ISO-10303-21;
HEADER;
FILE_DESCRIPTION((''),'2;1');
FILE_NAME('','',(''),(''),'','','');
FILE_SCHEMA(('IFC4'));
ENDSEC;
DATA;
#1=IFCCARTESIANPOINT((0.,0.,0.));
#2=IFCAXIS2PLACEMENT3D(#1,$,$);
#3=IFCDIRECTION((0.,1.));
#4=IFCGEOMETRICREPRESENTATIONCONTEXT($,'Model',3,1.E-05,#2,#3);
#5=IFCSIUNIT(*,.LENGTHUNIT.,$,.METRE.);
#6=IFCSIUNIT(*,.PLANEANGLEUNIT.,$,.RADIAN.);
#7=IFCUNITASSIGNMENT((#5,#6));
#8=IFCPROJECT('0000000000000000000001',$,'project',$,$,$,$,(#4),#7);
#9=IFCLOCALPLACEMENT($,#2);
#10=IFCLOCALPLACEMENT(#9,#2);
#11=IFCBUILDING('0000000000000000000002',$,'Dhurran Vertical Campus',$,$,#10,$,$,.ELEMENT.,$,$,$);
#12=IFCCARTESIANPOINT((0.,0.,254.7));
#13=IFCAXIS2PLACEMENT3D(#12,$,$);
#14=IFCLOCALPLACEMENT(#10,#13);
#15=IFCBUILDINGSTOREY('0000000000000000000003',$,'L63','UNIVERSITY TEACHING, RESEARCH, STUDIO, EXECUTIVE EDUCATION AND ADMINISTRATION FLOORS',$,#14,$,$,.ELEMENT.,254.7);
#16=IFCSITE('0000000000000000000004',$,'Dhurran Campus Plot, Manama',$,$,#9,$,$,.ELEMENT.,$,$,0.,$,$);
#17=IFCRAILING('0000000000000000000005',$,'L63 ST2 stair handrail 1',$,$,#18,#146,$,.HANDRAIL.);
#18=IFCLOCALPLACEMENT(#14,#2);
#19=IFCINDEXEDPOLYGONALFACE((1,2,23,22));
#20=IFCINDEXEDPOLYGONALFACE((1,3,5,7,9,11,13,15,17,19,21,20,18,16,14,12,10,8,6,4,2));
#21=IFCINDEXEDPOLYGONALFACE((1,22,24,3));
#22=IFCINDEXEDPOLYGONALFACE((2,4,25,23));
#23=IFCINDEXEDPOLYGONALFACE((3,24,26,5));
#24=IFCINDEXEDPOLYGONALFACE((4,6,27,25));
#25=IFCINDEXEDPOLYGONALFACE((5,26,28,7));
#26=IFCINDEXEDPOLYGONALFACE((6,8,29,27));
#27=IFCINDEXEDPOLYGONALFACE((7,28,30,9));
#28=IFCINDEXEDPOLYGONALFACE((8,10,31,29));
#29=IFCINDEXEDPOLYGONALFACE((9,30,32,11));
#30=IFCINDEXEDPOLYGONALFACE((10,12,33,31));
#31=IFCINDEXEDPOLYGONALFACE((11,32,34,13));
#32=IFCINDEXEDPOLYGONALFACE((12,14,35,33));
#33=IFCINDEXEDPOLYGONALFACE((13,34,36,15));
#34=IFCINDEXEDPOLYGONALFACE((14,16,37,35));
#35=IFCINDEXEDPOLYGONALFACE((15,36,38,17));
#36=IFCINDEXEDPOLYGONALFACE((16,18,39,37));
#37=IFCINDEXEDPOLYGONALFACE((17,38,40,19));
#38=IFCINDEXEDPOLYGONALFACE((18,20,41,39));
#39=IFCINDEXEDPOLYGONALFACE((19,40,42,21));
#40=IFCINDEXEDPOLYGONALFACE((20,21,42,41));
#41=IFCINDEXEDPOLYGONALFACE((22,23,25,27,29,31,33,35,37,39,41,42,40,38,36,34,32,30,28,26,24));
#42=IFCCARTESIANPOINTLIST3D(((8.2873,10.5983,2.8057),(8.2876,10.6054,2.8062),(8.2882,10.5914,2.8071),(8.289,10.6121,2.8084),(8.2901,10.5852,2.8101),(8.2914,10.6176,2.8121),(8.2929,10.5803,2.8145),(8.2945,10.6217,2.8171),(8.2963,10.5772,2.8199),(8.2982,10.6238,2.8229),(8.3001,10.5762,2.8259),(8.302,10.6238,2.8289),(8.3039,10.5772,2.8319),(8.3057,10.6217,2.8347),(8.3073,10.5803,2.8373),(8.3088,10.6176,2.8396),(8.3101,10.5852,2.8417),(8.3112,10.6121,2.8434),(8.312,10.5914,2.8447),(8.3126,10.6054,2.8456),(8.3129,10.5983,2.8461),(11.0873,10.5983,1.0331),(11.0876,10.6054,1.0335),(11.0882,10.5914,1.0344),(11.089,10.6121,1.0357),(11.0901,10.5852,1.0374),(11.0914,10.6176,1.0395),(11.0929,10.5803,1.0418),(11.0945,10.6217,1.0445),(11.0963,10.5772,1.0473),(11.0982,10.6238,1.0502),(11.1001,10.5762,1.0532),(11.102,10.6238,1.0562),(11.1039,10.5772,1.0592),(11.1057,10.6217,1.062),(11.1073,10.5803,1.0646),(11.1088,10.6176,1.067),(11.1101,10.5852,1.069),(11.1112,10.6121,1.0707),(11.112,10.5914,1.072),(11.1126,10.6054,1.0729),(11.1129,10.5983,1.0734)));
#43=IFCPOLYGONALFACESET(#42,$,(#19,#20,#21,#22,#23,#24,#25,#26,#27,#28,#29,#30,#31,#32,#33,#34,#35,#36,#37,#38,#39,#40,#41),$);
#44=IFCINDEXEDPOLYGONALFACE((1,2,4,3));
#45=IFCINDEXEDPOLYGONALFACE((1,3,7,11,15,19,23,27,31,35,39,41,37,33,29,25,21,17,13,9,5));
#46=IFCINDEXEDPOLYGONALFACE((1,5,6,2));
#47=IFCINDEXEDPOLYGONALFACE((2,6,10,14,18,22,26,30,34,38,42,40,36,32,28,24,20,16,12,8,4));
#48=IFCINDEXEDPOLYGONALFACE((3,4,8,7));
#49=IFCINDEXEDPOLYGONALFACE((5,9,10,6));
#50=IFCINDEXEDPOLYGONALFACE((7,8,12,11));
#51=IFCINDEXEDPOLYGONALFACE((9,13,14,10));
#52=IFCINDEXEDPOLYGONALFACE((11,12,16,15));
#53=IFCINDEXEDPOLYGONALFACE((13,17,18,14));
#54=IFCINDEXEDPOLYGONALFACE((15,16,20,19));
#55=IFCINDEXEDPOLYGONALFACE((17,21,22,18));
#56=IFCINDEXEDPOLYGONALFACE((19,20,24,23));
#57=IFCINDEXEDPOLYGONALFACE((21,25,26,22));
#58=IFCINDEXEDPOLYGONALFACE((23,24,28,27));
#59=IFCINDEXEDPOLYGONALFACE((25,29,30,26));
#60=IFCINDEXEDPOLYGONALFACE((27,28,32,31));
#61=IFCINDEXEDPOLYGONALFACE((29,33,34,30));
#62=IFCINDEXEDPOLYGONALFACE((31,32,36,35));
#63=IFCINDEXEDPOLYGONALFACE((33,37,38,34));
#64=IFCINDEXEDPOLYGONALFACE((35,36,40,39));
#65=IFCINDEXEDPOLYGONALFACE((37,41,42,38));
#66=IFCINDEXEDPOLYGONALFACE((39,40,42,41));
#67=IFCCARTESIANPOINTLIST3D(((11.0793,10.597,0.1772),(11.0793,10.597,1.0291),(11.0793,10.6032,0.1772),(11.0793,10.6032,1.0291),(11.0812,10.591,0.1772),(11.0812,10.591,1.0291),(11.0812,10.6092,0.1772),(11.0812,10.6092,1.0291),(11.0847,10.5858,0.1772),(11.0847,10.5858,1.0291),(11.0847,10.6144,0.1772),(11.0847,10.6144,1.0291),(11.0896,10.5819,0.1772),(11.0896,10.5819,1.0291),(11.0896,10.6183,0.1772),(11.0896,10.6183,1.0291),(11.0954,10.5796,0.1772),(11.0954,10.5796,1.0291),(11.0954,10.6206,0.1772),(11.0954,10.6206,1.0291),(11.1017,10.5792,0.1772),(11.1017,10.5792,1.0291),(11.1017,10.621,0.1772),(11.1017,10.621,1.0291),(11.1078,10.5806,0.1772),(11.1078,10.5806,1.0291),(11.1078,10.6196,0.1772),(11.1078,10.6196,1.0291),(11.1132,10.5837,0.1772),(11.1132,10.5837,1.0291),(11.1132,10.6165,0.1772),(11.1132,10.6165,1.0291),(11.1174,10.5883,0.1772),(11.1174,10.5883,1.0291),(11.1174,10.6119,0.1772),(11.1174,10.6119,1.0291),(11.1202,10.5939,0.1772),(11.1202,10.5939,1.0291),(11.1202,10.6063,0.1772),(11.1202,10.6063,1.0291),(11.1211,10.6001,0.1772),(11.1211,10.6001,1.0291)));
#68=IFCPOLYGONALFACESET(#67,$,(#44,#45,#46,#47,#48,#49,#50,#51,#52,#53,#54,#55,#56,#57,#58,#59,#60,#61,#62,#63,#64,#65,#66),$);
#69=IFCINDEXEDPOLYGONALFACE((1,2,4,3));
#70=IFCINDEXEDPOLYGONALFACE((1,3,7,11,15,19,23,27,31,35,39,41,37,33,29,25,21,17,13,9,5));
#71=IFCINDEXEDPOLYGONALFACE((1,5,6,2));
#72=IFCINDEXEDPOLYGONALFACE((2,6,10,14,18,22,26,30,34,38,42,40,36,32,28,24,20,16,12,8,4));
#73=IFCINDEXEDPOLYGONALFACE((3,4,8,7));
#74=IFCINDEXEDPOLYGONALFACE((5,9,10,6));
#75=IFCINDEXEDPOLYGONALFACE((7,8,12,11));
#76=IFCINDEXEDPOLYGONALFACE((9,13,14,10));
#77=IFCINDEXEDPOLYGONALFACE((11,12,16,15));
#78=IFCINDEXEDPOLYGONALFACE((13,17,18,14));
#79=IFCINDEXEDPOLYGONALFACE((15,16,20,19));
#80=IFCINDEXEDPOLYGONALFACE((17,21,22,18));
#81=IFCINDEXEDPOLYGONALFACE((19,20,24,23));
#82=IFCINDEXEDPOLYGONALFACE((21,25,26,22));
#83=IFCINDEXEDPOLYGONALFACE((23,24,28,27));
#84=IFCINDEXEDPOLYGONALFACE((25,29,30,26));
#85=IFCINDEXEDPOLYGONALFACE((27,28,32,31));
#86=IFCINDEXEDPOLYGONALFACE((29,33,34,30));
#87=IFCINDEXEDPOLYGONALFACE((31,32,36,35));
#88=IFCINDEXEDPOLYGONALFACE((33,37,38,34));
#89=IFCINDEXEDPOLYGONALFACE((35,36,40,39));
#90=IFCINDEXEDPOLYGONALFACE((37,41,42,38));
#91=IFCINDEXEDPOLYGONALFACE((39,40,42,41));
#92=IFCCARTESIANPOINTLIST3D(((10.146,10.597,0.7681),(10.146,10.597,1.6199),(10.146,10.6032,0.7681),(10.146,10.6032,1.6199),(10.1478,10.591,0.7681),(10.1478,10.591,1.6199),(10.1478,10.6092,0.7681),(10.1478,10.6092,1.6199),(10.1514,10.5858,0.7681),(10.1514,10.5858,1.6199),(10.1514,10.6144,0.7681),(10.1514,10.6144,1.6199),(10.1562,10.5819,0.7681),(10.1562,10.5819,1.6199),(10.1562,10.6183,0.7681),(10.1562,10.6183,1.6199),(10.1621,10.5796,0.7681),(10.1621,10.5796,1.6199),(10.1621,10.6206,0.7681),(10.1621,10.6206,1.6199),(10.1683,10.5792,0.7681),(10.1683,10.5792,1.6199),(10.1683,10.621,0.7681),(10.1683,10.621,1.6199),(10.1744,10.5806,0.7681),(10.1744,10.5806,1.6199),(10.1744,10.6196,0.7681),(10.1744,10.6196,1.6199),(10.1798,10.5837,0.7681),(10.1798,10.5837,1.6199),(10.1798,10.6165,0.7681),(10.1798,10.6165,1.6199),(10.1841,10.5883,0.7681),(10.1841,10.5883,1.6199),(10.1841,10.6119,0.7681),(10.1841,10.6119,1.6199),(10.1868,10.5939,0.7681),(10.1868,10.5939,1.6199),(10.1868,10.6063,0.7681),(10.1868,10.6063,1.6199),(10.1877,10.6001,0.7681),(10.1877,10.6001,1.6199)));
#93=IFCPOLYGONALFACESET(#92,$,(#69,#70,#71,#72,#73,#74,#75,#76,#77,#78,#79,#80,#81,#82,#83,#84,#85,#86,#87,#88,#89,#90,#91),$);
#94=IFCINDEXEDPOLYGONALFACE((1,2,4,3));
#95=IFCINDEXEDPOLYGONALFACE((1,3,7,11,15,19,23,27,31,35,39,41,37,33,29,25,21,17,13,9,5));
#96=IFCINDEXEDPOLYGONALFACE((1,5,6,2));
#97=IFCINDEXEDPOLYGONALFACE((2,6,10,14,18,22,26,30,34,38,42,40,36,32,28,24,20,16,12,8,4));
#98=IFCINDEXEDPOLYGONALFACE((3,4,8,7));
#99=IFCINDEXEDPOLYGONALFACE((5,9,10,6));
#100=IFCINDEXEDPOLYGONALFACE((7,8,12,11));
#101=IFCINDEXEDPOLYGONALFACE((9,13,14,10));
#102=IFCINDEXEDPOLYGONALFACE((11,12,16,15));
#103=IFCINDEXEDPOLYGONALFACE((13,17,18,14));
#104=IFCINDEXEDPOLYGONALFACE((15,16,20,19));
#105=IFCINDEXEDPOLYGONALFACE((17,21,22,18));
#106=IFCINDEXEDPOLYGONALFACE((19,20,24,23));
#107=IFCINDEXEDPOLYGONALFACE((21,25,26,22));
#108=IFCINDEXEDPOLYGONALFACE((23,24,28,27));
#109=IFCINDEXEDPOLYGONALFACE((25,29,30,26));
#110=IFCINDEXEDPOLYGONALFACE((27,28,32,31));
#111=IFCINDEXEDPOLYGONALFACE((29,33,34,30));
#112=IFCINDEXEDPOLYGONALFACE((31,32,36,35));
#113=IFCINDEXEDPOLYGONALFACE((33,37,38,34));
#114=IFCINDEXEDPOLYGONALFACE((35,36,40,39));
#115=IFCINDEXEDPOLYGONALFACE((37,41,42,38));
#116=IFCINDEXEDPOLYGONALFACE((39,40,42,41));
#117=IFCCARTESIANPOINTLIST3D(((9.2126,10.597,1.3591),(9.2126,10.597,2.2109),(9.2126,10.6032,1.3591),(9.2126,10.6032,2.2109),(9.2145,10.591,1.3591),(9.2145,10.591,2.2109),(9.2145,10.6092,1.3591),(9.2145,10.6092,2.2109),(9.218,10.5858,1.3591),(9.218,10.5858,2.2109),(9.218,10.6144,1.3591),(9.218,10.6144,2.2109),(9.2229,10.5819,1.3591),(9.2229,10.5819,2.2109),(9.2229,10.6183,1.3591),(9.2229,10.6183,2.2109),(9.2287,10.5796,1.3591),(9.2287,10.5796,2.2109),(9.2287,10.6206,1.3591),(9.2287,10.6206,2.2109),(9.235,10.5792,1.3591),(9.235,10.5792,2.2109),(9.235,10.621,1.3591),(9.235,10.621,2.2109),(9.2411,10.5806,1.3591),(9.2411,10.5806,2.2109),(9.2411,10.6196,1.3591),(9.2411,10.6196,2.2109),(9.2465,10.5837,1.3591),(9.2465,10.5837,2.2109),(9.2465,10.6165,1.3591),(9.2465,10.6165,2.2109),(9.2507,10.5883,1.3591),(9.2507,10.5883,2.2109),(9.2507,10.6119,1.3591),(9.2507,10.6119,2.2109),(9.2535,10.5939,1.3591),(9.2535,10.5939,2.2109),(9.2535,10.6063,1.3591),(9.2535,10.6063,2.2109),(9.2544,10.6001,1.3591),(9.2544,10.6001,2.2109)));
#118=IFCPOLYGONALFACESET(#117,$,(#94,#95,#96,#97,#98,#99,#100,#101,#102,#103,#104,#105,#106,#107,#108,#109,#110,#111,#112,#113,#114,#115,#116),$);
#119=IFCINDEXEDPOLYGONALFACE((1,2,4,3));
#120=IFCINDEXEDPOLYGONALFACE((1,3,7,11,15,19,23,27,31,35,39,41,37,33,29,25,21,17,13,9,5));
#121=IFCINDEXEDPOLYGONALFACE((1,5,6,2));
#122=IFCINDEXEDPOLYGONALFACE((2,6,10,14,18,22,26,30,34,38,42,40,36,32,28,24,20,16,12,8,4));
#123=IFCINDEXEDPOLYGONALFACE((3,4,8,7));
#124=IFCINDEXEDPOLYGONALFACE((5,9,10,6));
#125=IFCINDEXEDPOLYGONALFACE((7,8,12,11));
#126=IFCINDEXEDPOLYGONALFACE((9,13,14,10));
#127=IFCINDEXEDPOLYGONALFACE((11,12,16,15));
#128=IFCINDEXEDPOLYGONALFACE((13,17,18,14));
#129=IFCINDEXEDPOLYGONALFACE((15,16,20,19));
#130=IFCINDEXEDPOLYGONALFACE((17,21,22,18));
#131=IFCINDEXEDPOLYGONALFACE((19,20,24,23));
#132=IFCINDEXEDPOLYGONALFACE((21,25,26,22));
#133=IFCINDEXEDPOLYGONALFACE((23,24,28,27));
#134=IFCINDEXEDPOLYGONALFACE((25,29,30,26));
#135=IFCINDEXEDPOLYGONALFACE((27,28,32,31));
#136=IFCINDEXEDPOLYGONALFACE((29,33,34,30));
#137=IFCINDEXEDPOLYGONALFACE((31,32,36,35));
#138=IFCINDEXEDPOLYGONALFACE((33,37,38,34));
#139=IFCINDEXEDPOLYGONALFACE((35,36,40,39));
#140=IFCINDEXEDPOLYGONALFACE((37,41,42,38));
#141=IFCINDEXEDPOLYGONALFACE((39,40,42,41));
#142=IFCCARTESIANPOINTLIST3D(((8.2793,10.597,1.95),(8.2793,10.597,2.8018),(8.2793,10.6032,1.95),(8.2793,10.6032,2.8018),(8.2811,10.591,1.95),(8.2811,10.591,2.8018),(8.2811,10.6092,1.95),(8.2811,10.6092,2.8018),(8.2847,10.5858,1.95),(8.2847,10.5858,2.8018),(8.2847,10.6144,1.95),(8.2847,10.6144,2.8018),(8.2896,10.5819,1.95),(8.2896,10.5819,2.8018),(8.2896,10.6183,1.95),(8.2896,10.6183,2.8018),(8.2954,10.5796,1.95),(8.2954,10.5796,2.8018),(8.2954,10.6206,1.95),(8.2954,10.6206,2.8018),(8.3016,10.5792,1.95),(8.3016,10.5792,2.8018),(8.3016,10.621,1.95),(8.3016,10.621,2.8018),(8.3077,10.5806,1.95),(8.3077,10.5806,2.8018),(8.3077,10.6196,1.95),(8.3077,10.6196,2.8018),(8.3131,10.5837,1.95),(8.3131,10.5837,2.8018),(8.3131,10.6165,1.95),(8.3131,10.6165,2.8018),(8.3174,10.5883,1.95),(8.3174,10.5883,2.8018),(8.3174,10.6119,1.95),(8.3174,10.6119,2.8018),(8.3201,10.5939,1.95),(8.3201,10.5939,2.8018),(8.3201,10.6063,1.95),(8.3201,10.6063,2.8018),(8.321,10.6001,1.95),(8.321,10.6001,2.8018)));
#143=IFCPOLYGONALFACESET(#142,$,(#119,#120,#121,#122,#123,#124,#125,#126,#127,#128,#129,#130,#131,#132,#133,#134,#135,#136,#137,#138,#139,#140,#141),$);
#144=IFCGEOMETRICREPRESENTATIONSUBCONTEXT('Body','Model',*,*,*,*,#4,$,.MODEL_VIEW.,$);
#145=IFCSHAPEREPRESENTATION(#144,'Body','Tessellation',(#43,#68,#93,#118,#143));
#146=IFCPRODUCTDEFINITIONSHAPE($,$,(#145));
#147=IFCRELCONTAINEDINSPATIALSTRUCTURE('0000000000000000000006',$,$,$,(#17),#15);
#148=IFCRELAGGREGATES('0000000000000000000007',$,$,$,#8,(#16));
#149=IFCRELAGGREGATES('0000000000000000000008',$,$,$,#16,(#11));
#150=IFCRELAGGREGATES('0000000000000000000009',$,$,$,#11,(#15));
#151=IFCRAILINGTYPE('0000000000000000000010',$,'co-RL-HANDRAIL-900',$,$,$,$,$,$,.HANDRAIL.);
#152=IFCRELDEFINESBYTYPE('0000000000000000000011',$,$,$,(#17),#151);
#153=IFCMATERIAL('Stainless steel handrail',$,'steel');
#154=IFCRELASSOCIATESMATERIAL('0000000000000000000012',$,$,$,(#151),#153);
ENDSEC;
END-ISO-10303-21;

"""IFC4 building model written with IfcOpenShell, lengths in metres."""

from ifc_helpers import new_model, si_unit, direction, frame, origin, origin_2d, place, context, subcontext, project, spatial, circle, extrude, material, type_object, element, save


model = new_model("IFC4")

# Units and contexts
model_context = context("Model", 3, precision=1e-05, world=origin(), true_north=direction((0.0, 1.0)))
body_context = subcontext(model_context, "Body", "Model", "MODEL_VIEW")
ifc_project = project(units=[si_unit("LENGTHUNIT", "METRE"), si_unit("PLANEANGLEUNIT", "RADIAN")], contexts=[model_context])

# Site, building, storey
site_placement = place(None, origin())
site = spatial("IfcSite", under=ifc_project, at=site_placement, Name="Dhurran Campus Plot, Manama", CompositionType="ELEMENT", RefElevation=0.0)
building_placement = place(site_placement, origin())
building = spatial("IfcBuilding", under=site, at=building_placement, Name="Dhurran Vertical Campus", CompositionType="ELEMENT")
storey_placement = place(building_placement, frame((0.0, 0.0, 254.7)))
storey = spatial("IfcBuildingStorey", under=building, at=storey_placement, Name="L63", Description="UNIVERSITY TEACHING, RESEARCH, STUDIO, EXECUTIVE EDUCATION AND ADMINISTRATION FLOORS", CompositionType="ELEMENT", Elevation=254.7)

# Railing
ifc_material_1 = material(Name="Stainless steel handrail", Category="steel")
railing_type = type_object("IfcRailingType", Name="co-RL-HANDRAIL-900", PredefinedType="HANDRAIL", material=ifc_material_1)
railing_placement = place(storey_placement, frame((11.1001, 10.6001, 0.1772)))
element("IfcRailing", 1, at=railing_placement, inside=storey, type_object=railing_type, Name="L63 ST2 stair handrail 1", PredefinedType="HANDRAIL", context=body_context, shape_type="SweptSolid", body=[
    extrude(circle(Radius=0.0239, at=origin_2d()), frame((0.0, 0.0, 0.876), z_axis=(-0.844909, 0.0, 0.53491), x_axis=(0.0, -1.0, 0.0)), (0.0, 0.0, 1.0), 3.314),
    extrude(circle(Radius=0.021, at=origin_2d()), origin(), (0.0, 0.0, 1.0), 0.8518),
    extrude(circle(Radius=0.021, at=origin_2d()), frame((-0.9333, 0.0, 0.5908)), (0.0, 0.0, 1.0), 0.8518),
    extrude(circle(Radius=0.021, at=origin_2d()), frame((-1.8667, 0.0, 1.1819)), (0.0, 0.0, 1.0), 0.8518),
    extrude(circle(Radius=0.021, at=origin_2d()), frame((-2.8, 0.0, 1.7727)), (0.0, 0.0, 1.0), 0.8518),
])

save(model, "model.ifc")
